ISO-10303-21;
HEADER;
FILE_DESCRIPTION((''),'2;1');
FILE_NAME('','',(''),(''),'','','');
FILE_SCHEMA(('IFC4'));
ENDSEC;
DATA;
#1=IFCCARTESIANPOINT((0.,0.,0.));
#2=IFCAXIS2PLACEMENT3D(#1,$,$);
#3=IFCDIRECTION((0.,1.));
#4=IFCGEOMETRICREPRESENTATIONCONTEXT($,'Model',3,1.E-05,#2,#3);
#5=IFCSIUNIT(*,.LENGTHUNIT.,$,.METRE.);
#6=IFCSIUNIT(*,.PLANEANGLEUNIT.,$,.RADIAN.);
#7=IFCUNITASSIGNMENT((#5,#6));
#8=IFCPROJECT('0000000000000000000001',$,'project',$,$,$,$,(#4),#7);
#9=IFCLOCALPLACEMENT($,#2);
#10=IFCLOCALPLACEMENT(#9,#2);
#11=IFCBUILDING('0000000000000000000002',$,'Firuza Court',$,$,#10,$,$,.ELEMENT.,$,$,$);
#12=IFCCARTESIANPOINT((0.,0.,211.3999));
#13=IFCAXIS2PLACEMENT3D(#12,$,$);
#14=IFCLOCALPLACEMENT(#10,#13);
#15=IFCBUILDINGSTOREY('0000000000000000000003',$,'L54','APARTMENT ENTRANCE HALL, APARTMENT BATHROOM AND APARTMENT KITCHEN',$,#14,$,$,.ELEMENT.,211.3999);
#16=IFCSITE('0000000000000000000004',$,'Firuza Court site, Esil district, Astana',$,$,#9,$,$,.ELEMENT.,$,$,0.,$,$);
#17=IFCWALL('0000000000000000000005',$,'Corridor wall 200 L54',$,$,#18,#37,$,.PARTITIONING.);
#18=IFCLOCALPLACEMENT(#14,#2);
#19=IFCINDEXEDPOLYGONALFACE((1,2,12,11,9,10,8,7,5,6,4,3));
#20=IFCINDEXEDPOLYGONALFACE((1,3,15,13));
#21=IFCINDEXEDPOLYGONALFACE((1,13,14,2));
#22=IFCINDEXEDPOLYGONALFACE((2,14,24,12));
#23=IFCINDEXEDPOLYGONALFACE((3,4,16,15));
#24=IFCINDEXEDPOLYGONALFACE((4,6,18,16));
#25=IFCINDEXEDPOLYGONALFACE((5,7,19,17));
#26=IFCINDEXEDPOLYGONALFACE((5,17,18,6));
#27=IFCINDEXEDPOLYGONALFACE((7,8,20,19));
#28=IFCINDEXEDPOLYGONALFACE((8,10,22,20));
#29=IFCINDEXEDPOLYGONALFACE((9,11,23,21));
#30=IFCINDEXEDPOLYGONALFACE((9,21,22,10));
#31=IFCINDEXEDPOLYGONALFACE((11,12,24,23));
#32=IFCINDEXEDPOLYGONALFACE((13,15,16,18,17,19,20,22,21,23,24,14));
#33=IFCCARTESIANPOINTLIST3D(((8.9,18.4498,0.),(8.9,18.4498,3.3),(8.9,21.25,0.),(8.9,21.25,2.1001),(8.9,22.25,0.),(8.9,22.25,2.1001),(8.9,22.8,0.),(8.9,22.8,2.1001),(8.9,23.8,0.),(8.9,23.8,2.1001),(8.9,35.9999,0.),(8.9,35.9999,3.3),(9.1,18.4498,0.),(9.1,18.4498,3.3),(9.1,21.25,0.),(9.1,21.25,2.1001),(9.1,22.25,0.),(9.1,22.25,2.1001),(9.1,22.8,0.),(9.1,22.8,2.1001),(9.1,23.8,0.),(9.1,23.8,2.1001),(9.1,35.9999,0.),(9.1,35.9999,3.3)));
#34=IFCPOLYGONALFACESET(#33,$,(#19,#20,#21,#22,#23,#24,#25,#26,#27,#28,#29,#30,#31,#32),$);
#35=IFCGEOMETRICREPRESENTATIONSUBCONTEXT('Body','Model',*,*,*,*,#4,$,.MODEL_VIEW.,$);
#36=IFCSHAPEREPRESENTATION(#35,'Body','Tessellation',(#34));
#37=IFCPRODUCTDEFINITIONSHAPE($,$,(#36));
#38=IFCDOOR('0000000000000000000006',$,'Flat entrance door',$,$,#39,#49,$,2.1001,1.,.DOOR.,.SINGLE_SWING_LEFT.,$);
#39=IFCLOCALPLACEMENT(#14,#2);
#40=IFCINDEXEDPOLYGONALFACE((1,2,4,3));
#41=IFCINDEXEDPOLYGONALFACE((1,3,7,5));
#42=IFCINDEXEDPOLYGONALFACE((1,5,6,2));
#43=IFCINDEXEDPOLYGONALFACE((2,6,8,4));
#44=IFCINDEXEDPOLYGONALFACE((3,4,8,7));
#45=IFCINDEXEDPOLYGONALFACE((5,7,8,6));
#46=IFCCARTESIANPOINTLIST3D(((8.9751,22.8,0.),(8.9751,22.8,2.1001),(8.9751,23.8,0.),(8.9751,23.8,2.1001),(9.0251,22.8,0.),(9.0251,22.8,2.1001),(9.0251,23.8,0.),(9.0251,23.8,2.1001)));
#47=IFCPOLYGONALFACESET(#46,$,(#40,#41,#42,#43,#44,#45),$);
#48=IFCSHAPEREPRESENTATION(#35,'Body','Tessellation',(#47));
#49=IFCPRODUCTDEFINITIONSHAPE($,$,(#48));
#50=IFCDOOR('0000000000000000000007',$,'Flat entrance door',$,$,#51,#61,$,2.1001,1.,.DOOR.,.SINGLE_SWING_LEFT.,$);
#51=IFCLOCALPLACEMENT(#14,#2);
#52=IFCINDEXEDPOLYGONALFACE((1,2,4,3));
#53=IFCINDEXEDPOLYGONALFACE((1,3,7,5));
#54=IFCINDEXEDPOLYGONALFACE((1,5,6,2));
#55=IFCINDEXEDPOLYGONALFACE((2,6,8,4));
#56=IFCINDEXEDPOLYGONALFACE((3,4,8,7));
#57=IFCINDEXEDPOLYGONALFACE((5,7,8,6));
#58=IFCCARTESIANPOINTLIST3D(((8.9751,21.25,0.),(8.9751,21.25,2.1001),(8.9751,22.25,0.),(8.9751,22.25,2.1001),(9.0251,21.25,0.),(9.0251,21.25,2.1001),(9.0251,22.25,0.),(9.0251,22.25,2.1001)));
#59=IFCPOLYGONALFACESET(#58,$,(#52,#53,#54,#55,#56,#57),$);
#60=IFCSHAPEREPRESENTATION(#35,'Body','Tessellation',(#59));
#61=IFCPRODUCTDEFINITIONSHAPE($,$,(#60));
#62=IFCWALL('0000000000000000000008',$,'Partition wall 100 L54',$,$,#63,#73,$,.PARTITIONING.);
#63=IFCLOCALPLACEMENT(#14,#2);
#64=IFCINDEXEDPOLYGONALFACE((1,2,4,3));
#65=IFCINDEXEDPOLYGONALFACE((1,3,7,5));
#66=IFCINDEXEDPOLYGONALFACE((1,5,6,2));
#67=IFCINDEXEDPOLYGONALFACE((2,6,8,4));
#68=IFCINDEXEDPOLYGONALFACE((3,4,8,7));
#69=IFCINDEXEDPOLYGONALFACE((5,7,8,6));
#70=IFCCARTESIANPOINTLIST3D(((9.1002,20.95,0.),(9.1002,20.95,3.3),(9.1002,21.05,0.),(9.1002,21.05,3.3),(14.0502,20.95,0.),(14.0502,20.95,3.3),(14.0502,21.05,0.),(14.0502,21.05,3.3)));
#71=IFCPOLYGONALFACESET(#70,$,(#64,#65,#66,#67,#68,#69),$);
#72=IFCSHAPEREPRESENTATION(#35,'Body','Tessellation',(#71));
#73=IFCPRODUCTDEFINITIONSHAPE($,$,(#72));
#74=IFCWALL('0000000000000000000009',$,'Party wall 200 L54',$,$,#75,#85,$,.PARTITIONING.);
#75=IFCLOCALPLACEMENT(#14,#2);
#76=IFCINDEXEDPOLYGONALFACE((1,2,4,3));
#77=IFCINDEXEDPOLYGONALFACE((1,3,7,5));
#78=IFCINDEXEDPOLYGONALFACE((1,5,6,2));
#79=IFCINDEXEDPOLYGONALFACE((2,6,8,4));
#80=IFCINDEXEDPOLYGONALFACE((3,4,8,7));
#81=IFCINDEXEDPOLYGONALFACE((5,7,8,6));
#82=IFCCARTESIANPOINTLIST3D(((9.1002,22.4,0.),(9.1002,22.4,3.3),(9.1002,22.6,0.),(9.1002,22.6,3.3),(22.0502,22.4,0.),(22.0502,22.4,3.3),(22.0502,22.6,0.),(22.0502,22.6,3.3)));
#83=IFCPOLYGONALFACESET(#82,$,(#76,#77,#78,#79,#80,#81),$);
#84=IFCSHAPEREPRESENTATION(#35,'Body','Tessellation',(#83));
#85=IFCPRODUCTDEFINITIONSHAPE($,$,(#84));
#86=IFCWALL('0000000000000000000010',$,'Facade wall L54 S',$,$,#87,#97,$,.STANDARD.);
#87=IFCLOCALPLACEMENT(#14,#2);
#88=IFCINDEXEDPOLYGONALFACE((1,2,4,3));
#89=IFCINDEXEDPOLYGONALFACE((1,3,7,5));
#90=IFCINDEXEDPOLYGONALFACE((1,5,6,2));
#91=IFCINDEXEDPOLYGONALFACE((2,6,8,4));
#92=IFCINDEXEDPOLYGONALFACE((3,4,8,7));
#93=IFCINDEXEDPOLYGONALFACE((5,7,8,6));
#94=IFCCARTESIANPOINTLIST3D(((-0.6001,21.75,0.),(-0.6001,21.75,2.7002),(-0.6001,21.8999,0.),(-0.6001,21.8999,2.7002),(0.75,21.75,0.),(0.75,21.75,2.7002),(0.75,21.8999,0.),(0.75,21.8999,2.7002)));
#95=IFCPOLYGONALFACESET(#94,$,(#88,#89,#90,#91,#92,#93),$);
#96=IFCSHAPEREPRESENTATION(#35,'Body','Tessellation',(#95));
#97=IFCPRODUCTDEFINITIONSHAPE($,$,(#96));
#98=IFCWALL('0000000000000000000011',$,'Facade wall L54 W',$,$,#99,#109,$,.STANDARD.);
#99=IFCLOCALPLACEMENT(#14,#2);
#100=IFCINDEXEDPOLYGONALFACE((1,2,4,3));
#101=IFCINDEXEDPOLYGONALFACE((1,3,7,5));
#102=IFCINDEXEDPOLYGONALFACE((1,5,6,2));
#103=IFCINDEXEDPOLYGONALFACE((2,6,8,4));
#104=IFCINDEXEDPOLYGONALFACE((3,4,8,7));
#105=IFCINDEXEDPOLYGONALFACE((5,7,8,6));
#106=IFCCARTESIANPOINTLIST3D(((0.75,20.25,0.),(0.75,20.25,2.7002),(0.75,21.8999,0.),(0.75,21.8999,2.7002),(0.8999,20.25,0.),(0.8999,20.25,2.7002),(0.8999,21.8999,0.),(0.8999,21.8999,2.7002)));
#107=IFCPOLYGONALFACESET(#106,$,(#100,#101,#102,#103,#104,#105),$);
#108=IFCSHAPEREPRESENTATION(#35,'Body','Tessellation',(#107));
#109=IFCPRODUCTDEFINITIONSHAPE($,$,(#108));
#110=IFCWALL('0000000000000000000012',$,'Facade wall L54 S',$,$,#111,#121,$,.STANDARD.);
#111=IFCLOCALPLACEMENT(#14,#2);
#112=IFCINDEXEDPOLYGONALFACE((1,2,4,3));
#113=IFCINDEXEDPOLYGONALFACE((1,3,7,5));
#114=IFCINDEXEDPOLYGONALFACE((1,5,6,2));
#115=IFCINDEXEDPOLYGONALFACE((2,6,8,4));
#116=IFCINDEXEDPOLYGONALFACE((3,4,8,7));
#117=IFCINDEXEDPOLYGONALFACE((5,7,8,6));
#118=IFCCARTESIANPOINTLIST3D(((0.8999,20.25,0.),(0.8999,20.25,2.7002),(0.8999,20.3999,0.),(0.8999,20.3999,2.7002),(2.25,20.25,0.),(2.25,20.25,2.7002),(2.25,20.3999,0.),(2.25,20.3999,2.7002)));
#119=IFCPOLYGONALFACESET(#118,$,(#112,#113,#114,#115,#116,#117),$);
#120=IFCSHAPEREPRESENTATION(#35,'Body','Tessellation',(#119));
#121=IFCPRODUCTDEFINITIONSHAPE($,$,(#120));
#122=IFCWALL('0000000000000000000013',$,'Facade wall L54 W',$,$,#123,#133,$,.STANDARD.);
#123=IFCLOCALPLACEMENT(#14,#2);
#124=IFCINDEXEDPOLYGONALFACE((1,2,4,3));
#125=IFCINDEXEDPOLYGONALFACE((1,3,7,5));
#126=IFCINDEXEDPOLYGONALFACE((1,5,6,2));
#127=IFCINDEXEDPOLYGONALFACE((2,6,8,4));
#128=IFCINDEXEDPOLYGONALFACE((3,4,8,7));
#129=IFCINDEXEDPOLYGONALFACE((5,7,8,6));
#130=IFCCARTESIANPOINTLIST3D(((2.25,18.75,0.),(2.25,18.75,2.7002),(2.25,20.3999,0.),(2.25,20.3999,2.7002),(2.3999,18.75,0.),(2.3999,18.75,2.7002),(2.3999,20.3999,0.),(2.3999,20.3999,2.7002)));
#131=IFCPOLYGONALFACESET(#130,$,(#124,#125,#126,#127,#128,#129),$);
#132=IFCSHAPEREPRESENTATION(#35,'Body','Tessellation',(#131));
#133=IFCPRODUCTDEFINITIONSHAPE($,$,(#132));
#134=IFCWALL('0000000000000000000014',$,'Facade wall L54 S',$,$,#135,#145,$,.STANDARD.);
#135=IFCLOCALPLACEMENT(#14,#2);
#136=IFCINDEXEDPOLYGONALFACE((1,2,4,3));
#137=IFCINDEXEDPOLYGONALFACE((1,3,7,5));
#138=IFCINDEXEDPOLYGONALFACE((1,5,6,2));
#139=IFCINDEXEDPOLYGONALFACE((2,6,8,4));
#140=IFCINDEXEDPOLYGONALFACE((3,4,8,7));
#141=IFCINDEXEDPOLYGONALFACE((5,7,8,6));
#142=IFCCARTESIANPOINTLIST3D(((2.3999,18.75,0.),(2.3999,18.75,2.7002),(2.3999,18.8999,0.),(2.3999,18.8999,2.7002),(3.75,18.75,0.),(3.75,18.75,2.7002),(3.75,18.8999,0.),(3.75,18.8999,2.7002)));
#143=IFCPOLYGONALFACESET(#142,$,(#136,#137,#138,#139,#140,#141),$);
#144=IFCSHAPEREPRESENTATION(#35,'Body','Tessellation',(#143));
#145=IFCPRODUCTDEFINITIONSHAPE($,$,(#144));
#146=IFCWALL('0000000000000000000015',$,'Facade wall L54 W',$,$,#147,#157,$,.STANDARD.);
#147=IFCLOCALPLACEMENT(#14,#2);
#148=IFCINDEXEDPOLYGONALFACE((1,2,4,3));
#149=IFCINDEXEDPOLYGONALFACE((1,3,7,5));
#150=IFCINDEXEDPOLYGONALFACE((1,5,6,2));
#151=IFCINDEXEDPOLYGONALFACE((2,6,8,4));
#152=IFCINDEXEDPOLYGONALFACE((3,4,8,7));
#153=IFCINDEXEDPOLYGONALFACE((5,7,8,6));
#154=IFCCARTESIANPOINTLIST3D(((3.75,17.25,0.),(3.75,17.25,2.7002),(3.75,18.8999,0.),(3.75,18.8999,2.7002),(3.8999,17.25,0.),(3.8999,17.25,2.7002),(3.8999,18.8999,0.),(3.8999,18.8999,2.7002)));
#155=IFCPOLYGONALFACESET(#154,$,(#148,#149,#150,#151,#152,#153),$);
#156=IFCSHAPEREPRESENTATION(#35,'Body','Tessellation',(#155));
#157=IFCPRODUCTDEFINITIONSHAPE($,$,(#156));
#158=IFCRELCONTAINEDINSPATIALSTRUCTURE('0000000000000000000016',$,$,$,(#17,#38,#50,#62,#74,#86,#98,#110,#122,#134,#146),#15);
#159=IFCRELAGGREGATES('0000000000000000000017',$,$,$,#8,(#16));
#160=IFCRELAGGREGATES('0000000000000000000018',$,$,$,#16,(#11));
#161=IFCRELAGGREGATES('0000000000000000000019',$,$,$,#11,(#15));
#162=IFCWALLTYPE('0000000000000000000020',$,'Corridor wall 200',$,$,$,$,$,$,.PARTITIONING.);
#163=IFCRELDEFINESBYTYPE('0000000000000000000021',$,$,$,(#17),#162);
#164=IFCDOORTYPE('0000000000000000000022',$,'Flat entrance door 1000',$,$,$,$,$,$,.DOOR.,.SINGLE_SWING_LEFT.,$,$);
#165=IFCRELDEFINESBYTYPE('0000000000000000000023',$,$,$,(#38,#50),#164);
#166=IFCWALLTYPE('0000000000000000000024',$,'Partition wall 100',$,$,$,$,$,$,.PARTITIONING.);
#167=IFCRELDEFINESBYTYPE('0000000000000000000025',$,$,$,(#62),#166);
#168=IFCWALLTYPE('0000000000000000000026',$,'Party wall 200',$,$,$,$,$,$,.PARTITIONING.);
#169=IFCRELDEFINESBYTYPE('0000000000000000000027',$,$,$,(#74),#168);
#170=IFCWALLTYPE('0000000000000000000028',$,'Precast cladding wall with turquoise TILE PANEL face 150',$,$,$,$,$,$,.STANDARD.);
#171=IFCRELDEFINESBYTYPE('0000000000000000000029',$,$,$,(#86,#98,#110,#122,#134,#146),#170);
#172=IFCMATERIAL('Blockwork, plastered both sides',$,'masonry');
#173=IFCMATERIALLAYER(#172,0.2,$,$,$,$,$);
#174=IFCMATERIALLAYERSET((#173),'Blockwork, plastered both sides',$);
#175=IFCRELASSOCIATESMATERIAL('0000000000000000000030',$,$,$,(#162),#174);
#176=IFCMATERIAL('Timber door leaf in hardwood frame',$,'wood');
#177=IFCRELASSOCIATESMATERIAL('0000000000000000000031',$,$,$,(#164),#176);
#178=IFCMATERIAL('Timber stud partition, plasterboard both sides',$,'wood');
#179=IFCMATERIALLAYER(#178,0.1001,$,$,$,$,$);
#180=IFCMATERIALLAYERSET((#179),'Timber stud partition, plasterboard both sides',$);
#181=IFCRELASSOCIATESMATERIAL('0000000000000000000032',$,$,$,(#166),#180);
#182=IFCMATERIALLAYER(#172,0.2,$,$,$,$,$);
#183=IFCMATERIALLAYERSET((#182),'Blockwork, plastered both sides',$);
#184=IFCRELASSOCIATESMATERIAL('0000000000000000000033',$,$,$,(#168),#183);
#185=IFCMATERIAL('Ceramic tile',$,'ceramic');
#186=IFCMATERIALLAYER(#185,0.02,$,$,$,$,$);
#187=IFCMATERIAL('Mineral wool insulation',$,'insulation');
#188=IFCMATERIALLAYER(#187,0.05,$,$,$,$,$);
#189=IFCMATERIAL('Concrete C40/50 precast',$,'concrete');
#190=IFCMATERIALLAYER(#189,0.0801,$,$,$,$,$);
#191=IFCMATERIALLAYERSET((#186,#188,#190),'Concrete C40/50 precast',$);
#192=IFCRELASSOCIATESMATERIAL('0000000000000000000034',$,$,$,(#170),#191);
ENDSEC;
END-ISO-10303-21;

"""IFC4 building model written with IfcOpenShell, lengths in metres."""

from ifc_helpers import new_model, si_unit, direction, frame, frame_2d, origin, place, context, subcontext, project, spatial, rectangle, extrude, material, layer, layer_set, type_object, element, fill, save


model = new_model("IFC4")

# Units and contexts
model_context = context("Model", 3, precision=1e-05, world=origin(), true_north=direction((0.0, 1.0)))
body_context = subcontext(model_context, "Body", "Model", "MODEL_VIEW")
ifc_project = project(units=[si_unit("LENGTHUNIT", "METRE"), si_unit("PLANEANGLEUNIT", "RADIAN")], contexts=[model_context])

# Site, building, storey
site_placement = place(None, origin())
site = spatial("IfcSite", under=ifc_project, at=site_placement, Name="Firuza Court site, Esil district, Astana", CompositionType="ELEMENT", RefElevation=0.0)
building_placement = place(site_placement, origin())
building = spatial("IfcBuilding", under=site, at=building_placement, Name="Firuza Court", CompositionType="ELEMENT")
storey_placement = place(building_placement, frame((0.0, 0.0, 211.3999)))
storey = spatial("IfcBuildingStorey", under=building, at=storey_placement, Name="L54", Description="APARTMENT ENTRANCE HALL, APARTMENT BATHROOM AND APARTMENT KITCHEN", CompositionType="ELEMENT", Elevation=211.3999)

# Wall, openings, doors
ifc_material_1 = material(Name="Blockwork, plastered both sides", Category="masonry")
ifc_layer_1 = layer(ifc_material_1, 0.2)
ifc_layer_set_1 = layer_set([ifc_layer_1], Name="Blockwork, plastered both sides")
wall_type_1 = type_object("IfcWallType", Name="Corridor wall 200", PredefinedType="PARTITIONING", material=ifc_layer_set_1)
wall_1_placement = place(storey_placement, frame((9.0, 18.45, 0.0), z_axis=(0.0, 0.0, 1.0), x_axis=(0.0, 1.0, 0.0)))
wall_1 = element("IfcWall", 1, at=wall_1_placement, inside=storey, type_object=wall_type_1, Name="Corridor wall 200 L54", PredefinedType="PARTITIONING", context=body_context, shape_type="SweptSolid", body=[
    extrude(rectangle(XDim=17.55, YDim=0.2, at=frame_2d((8.7749, 0.0))), origin(), (0.0, 0.0, 1.0), 3.3),
])
opening_1_placement = place(wall_1_placement, frame((4.3501, 0.0, 0.0)))
opening_1 = element("IfcOpeningElement", 2, at=opening_1_placement, cuts=wall_1, PredefinedType="OPENING", context=body_context, shape_type="SweptSolid", body=[
    extrude(rectangle(XDim=1.0, YDim=2.1001, at=frame_2d((0.5, 1.05))), frame((0.0, 0.1118, 0.0), z_axis=(0.0, -1.0, 0.0), x_axis=(1.0, 0.0, 0.0)), (0.0, 0.0, 1.0), 0.2239),
])
opening_2_placement = place(wall_1_placement, frame((2.8, 0.0, 0.0)))
opening_2 = element("IfcOpeningElement", 3, at=opening_2_placement, cuts=wall_1, PredefinedType="OPENING", context=body_context, shape_type="SweptSolid", body=[
    extrude(rectangle(XDim=1.0, YDim=2.1001, at=frame_2d((0.5, 1.05))), frame((0.0, 0.1118, 0.0), z_axis=(0.0, -1.0, 0.0), x_axis=(1.0, 0.0, 0.0)), (0.0, 0.0, 1.0), 0.2239),
])
ifc_material_2 = material(Name="Timber door leaf in hardwood frame", Category="wood")
door_type = type_object("IfcDoorType", Name="Flat entrance door 1000", OperationType="SINGLE_SWING_LEFT", PredefinedType="DOOR", material=ifc_material_2)
door_1_placement = place(opening_1_placement, origin())
door_1 = element("IfcDoor", 4, at=door_1_placement, inside=storey, type_object=door_type, Name="Flat entrance door", OperationType="SINGLE_SWING_LEFT", OverallHeight=2.1001, OverallWidth=1.0, PredefinedType="DOOR", context=body_context, shape_type="SweptSolid", body=[
    extrude(rectangle(XDim=1.0, YDim=2.1001, at=frame_2d((0.5, 1.05))), frame((0.0, 0.0249, 0.0), z_axis=(0.0, -1.0, 0.0), x_axis=(1.0, 0.0, 0.0)), (0.0, 0.0, 1.0), 0.05),
])
fill(opening_1, door_1)
door_2_placement = place(opening_2_placement, origin())
door_2 = element("IfcDoor", 5, at=door_2_placement, inside=storey, type_object=door_type, Name="Flat entrance door", OperationType="SINGLE_SWING_LEFT", OverallHeight=2.1001, OverallWidth=1.0, PredefinedType="DOOR", context=body_context, shape_type="SweptSolid", body=[
    extrude(rectangle(XDim=1.0, YDim=2.1001, at=frame_2d((0.5, 1.05))), frame((0.0, 0.0249, 0.0), z_axis=(0.0, -1.0, 0.0), x_axis=(1.0, 0.0, 0.0)), (0.0, 0.0, 1.0), 0.05),
])
fill(opening_2, door_2)

# Walls
ifc_material_3 = material(Name="Timber stud partition, plasterboard both sides", Category="wood")
ifc_layer_2 = layer(ifc_material_3, 0.1001)
ifc_layer_set_2 = layer_set([ifc_layer_2], Name="Timber stud partition, plasterboard both sides")
wall_type_2 = type_object("IfcWallType", Name="Partition wall 100", PredefinedType="PARTITIONING", material=ifc_layer_set_2)
wall_2_placement = place(storey_placement, frame((9.1001, 21.0, 0.0), z_axis=(0.0, 0.0, 1.0), x_axis=(1.0, 0.0, 0.0)))
element("IfcWall", 6, at=wall_2_placement, inside=storey, type_object=wall_type_2, Name="Partition wall 100 L54", PredefinedType="PARTITIONING", context=body_context, shape_type="SweptSolid", body=[
    extrude(rectangle(XDim=4.95, YDim=0.1001, at=frame_2d((2.4751, 0.0))), origin(), (0.0, 0.0, 1.0), 3.3),
])
ifc_layer_3 = layer(ifc_material_1, 0.2)
ifc_layer_set_3 = layer_set([ifc_layer_3], Name="Blockwork, plastered both sides")
wall_type_3 = type_object("IfcWallType", Name="Party wall 200", PredefinedType="PARTITIONING", material=ifc_layer_set_3)
wall_3_placement = place(storey_placement, frame((9.1001, 22.5, 0.0), z_axis=(0.0, 0.0, 1.0), x_axis=(1.0, 0.0, 0.0)))
element("IfcWall", 7, at=wall_3_placement, inside=storey, type_object=wall_type_3, Name="Party wall 200 L54", PredefinedType="PARTITIONING", context=body_context, shape_type="SweptSolid", body=[
    extrude(rectangle(XDim=12.95, YDim=0.2, at=frame_2d((6.4751, 0.0))), origin(), (0.0, 0.0, 1.0), 3.3),
])
ifc_material_4 = material(Name="Ceramic tile", Category="ceramic")
ifc_layer_4 = layer(ifc_material_4, 0.02)
ifc_material_5 = material(Name="Mineral wool insulation", Category="insulation")
ifc_layer_5 = layer(ifc_material_5, 0.05)
ifc_material_6 = material(Name="Concrete C40/50 precast", Category="concrete")
ifc_layer_6 = layer(ifc_material_6, 0.0801)
ifc_layer_set_4 = layer_set([ifc_layer_4, ifc_layer_5, ifc_layer_6], Name="Concrete C40/50 precast")
wall_type_4 = type_object("IfcWallType", Name="Precast cladding wall with turquoise TILE PANEL face 150", PredefinedType="STANDARD", material=ifc_layer_set_4)
wall_4_placement = place(storey_placement, frame((-0.6001, 21.825, 0.0), z_axis=(0.0, 0.0, 1.0), x_axis=(1.0, 0.0, 0.0)))
element("IfcWall", 8, at=wall_4_placement, inside=storey, type_object=wall_type_4, Name="Facade wall L54 S", PredefinedType="STANDARD", context=body_context, shape_type="SweptSolid", body=[
    extrude(rectangle(XDim=1.3501, YDim=0.1499, at=frame_2d((0.675, 0.0))), origin(), (0.0, 0.0, 1.0), 2.7002),
])
wall_5_placement = place(storey_placement, frame((0.825, 21.8999, 0.0), z_axis=(0.0, 0.0, 1.0), x_axis=(0.0, -1.0, 0.0)))
element("IfcWall", 9, at=wall_5_placement, inside=storey, type_object=wall_type_4, Name="Facade wall L54 W", PredefinedType="STANDARD", context=body_context, shape_type="SweptSolid", body=[
    extrude(rectangle(XDim=1.6499, YDim=0.1499, at=frame_2d((0.825, 0.0))), origin(), (0.0, 0.0, 1.0), 2.7002),
])
wall_6_placement = place(storey_placement, frame((0.8999, 20.325, 0.0), z_axis=(0.0, 0.0, 1.0), x_axis=(1.0, 0.0, 0.0)))
element("IfcWall", 10, at=wall_6_placement, inside=storey, type_object=wall_type_4, Name="Facade wall L54 S", PredefinedType="STANDARD", context=body_context, shape_type="SweptSolid", body=[
    extrude(rectangle(XDim=1.3501, YDim=0.1499, at=frame_2d((0.675, 0.0))), origin(), (0.0, 0.0, 1.0), 2.7002),
])
wall_7_placement = place(storey_placement, frame((2.325, 20.3999, 0.0), z_axis=(0.0, 0.0, 1.0), x_axis=(0.0, -1.0, 0.0)))
element("IfcWall", 11, at=wall_7_placement, inside=storey, type_object=wall_type_4, Name="Facade wall L54 W", PredefinedType="STANDARD", context=body_context, shape_type="SweptSolid", body=[
    extrude(rectangle(XDim=1.6499, YDim=0.1499, at=frame_2d((0.825, 0.0))), origin(), (0.0, 0.0, 1.0), 2.7002),
])
wall_8_placement = place(storey_placement, frame((2.3999, 18.825, 0.0), z_axis=(0.0, 0.0, 1.0), x_axis=(1.0, 0.0, 0.0)))
element("IfcWall", 12, at=wall_8_placement, inside=storey, type_object=wall_type_4, Name="Facade wall L54 S", PredefinedType="STANDARD", context=body_context, shape_type="SweptSolid", body=[
    extrude(rectangle(XDim=1.3501, YDim=0.1499, at=frame_2d((0.675, 0.0))), origin(), (0.0, 0.0, 1.0), 2.7002),
])
wall_9_placement = place(storey_placement, frame((3.825, 18.8999, 0.0), z_axis=(0.0, 0.0, 1.0), x_axis=(0.0, -1.0, 0.0)))
element("IfcWall", 13, at=wall_9_placement, inside=storey, type_object=wall_type_4, Name="Facade wall L54 W", PredefinedType="STANDARD", context=body_context, shape_type="SweptSolid", body=[
    extrude(rectangle(XDim=1.6499, YDim=0.1499, at=frame_2d((0.825, 0.0))), origin(), (0.0, 0.0, 1.0), 2.7002),
])

save(model, "model.ifc")
